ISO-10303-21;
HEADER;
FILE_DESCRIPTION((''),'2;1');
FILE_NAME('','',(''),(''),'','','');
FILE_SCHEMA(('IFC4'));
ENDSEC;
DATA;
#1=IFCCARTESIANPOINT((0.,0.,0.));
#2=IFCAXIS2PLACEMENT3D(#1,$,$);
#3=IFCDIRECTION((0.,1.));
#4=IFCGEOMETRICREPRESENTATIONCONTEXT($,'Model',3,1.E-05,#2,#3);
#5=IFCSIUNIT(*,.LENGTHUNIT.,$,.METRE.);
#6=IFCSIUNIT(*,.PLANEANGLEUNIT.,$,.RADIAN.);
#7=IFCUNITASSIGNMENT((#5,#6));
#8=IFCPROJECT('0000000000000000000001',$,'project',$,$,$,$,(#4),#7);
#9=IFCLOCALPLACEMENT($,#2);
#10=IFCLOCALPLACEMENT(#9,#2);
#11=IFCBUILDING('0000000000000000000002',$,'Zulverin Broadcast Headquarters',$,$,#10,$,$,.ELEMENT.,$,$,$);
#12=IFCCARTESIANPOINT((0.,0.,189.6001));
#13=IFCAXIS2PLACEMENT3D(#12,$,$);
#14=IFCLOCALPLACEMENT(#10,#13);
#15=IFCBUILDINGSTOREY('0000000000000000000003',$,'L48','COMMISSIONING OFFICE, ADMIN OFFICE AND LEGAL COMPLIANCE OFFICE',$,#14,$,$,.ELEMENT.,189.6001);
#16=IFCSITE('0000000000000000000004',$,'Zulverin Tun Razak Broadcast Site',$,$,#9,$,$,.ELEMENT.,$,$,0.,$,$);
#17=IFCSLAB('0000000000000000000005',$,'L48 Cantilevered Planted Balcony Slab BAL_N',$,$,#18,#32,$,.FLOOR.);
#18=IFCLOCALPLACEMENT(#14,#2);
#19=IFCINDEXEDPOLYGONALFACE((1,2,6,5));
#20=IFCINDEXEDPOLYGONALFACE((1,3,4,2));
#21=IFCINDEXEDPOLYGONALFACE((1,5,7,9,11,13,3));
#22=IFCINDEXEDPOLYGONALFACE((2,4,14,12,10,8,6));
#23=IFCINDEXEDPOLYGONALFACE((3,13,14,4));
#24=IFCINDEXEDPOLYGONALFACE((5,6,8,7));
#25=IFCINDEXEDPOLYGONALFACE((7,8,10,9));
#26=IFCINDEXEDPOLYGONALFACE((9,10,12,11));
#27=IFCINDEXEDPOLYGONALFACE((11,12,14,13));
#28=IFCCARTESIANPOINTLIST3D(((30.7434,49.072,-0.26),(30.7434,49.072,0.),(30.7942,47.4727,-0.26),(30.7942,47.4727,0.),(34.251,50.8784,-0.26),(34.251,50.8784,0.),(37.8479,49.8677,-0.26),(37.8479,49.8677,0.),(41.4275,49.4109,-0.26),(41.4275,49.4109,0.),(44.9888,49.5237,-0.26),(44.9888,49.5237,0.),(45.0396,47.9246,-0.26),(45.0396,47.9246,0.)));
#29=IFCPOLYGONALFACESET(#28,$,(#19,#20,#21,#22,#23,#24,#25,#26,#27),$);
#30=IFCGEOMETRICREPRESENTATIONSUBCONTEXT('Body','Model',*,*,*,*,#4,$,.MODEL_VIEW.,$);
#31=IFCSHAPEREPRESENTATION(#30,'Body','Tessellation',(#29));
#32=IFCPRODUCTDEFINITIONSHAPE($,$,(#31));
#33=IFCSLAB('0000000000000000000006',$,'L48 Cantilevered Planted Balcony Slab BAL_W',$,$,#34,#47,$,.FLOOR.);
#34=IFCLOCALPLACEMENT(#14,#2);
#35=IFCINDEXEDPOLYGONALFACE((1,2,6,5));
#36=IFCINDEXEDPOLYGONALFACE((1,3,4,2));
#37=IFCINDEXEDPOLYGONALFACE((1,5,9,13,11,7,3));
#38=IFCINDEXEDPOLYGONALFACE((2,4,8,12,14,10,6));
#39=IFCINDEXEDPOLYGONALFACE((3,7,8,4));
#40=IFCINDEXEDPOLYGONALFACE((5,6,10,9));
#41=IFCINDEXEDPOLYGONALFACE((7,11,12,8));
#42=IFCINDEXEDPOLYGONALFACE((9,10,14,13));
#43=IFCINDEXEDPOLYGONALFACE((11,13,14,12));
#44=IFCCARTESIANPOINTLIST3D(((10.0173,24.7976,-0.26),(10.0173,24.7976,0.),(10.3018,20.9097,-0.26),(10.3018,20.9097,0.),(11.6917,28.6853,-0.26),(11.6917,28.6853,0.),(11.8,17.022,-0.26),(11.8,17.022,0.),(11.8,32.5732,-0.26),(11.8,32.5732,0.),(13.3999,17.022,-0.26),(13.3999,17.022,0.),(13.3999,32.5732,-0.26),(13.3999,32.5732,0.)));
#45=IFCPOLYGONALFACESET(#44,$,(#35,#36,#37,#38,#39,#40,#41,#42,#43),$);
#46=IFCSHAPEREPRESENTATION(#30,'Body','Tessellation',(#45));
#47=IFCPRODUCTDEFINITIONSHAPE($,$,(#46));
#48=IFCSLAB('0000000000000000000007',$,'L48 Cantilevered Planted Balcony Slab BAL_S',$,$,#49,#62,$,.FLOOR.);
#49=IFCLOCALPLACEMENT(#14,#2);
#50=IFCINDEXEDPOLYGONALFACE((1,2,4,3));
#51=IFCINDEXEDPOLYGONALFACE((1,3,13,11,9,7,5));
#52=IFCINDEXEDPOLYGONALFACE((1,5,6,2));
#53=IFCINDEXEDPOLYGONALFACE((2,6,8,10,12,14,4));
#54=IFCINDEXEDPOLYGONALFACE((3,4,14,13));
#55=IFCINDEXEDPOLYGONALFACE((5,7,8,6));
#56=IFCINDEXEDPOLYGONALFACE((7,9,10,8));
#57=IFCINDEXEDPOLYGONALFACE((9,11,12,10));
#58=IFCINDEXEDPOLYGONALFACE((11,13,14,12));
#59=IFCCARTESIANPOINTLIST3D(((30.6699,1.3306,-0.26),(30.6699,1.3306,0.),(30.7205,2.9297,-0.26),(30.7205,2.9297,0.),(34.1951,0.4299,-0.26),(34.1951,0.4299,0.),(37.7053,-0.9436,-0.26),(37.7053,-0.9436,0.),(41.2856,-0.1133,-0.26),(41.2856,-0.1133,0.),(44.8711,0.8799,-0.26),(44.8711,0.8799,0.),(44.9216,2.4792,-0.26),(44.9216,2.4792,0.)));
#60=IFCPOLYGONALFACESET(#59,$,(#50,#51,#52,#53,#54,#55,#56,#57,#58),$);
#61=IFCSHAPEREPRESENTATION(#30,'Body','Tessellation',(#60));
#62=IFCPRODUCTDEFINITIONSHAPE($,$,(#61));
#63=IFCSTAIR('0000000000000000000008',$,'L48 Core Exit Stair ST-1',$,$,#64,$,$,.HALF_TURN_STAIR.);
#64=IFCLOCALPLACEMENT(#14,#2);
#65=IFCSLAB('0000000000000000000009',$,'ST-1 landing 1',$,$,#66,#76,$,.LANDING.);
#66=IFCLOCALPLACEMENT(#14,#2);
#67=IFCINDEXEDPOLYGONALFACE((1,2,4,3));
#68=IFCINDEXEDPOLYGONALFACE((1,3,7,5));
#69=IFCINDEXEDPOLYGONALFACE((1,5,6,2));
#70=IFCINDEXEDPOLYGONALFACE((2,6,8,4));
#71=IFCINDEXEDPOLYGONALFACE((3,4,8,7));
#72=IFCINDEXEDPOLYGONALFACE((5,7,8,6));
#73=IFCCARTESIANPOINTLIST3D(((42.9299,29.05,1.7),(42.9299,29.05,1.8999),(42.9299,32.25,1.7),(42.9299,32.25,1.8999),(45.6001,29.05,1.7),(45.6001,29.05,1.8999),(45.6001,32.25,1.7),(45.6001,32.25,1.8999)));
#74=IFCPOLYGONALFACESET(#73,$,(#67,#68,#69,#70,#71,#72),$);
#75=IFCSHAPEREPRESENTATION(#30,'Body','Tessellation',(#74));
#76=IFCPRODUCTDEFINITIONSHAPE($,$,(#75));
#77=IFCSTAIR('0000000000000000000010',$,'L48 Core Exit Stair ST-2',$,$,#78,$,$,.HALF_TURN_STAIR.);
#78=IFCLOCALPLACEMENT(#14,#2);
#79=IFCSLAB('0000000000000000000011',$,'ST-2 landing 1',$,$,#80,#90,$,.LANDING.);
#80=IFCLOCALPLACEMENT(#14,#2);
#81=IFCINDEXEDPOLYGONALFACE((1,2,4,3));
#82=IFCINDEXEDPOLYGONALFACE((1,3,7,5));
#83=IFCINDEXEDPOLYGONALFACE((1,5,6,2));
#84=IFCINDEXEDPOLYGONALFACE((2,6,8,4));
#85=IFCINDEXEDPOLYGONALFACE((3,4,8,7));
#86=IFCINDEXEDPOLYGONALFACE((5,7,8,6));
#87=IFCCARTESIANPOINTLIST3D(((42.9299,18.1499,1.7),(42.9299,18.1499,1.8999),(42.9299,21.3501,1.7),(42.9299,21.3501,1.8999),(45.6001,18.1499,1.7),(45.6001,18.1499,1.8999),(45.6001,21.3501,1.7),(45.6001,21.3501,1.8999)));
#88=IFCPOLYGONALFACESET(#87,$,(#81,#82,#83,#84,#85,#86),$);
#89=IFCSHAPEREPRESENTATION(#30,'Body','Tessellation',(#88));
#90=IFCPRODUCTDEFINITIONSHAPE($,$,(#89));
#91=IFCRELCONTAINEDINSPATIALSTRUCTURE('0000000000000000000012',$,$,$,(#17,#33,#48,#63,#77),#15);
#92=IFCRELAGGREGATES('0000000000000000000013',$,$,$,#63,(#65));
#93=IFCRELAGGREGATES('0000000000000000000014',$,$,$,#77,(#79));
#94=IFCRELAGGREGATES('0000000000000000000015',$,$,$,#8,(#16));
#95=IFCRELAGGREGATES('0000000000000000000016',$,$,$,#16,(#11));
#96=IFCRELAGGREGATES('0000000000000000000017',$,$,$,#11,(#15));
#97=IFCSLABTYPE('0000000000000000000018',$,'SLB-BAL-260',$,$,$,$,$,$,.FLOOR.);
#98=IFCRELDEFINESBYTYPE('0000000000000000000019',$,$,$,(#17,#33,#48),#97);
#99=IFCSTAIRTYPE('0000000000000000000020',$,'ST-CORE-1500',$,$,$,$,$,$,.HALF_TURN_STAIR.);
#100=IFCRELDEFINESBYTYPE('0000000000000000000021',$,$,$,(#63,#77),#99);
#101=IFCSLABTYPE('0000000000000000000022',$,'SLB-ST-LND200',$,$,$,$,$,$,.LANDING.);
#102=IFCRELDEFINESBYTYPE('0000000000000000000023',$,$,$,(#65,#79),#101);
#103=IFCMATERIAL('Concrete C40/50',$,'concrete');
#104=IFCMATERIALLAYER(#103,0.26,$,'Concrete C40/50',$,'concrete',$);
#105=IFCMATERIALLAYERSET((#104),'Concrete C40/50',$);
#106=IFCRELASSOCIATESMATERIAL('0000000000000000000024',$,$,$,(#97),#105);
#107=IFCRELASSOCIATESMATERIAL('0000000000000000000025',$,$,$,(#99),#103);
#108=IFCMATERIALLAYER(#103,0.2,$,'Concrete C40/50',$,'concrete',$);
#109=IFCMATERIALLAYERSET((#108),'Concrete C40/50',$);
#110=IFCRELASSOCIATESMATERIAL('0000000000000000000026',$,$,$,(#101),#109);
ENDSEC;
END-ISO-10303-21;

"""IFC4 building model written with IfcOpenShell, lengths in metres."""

from ifc_helpers import new_model, si_unit, direction, frame, origin, place, context, subcontext, project, spatial, polyline, outline, extrude, material, layer, layer_set, type_object, element, aggregate, save


model = new_model("IFC4")

# Units and contexts
model_context = context("Model", 3, precision=1e-05, world=origin(), true_north=direction((0.0, 1.0)))
body_context = subcontext(model_context, "Body", "Model", "MODEL_VIEW")
ifc_project = project(units=[si_unit("LENGTHUNIT", "METRE"), si_unit("PLANEANGLEUNIT", "RADIAN")], contexts=[model_context])

# Site, building, storey
site_placement = place(None, origin())
site = spatial("IfcSite", under=ifc_project, at=site_placement, Name="Zulverin Tun Razak Broadcast Site", CompositionType="ELEMENT", RefElevation=0.0)
building_placement = place(site_placement, origin())
building = spatial("IfcBuilding", under=site, at=building_placement, Name="Zulverin Broadcast Headquarters", CompositionType="ELEMENT")
storey_placement = place(building_placement, frame((0.0, 0.0, 189.6001)))
storey = spatial("IfcBuildingStorey", under=building, at=storey_placement, Name="L48", Description="COMMISSIONING OFFICE, ADMIN OFFICE AND LEGAL COMPLIANCE OFFICE", CompositionType="ELEMENT", Elevation=189.6001)

# Slabs
ifc_material_1 = material(Name="Concrete C40/50", Category="concrete")
ifc_layer_1 = layer(ifc_material_1, 0.26, Name="Concrete C40/50", Category="concrete")
ifc_layer_set_1 = layer_set([ifc_layer_1], Name="Concrete C40/50")
slab_type_1 = type_object("IfcSlabType", Name="SLB-BAL-260", PredefinedType="FLOOR", material=ifc_layer_set_1)
slab_1_placement = place(storey_placement, frame((0.0, 0.0, -0.26)))
element("IfcSlab", 1, at=slab_1_placement, inside=storey, type_object=slab_type_1, Name="L48 Cantilevered Planted Balcony Slab BAL_N", PredefinedType="FLOOR", context=body_context, shape_type="SweptSolid", body=[
    extrude(outline(polyline([(30.7942, 47.4727), (45.0396, 47.9246), (44.9888, 49.5237), (41.4275, 49.4109), (37.8479, 49.8677), (34.251, 50.8784), (30.7434, 49.072), (30.7942, 47.4727)])), origin(), (0.0, 0.0, 1.0), 0.26),
])
slab_2_placement = place(storey_placement, frame((0.0, 0.0, -0.26)))
element("IfcSlab", 2, at=slab_2_placement, inside=storey, type_object=slab_type_1, Name="L48 Cantilevered Planted Balcony Slab BAL_W", PredefinedType="FLOOR", context=body_context, shape_type="SweptSolid", body=[
    extrude(outline(polyline([(13.3999, 17.022), (13.3999, 32.5732), (11.8, 32.5732), (11.6917, 28.6853), (10.0173, 24.7976), (10.3018, 20.9097), (11.8, 17.022), (13.3999, 17.022)])), origin(), (0.0, 0.0, 1.0), 0.26),
])
slab_3_placement = place(storey_placement, frame((0.0, 0.0, -0.26)))
element("IfcSlab", 3, at=slab_3_placement, inside=storey, type_object=slab_type_1, Name="L48 Cantilevered Planted Balcony Slab BAL_S", PredefinedType="FLOOR", context=body_context, shape_type="SweptSolid", body=[
    extrude(outline(polyline([(44.9216, 2.4792), (30.7205, 2.9297), (30.6699, 1.3306), (34.1951, 0.4299), (37.7053, -0.9436), (41.2856, -0.1133), (44.8711, 0.8799), (44.9216, 2.4792)])), origin(), (0.0, 0.0, 1.0), 0.26),
])

# Stairs, slabs
stair_type = type_object("IfcStairType", Name="ST-CORE-1500", PredefinedType="HALF_TURN_STAIR", material=ifc_material_1)
stair_1_placement = place(storey_placement, origin())
stair_1 = element("IfcStair", 4, at=stair_1_placement, inside=storey, type_object=stair_type, Name="L48 Core Exit Stair ST-1", PredefinedType="HALF_TURN_STAIR")
ifc_layer_2 = layer(ifc_material_1, 0.2, Name="Concrete C40/50", Category="concrete")
ifc_layer_set_2 = layer_set([ifc_layer_2], Name="Concrete C40/50")
slab_type_2 = type_object("IfcSlabType", Name="SLB-ST-LND200", PredefinedType="LANDING", material=ifc_layer_set_2)
slab_4_placement = place(storey_placement, frame((0.0, 0.0, 1.7)))
slab_4 = element("IfcSlab", 5, at=slab_4_placement, type_object=slab_type_2, Name="ST-1 landing 1", PredefinedType="LANDING", context=body_context, shape_type="SweptSolid", body=[
    extrude(outline(polyline([(42.9299, 29.05), (45.6001, 29.05), (45.6001, 32.25), (42.9299, 32.25), (42.9299, 29.05)])), origin(), (0.0, 0.0, 1.0), 0.2),
])
aggregate(stair_1, [slab_4])
stair_2_placement = place(storey_placement, origin())
stair_2 = element("IfcStair", 6, at=stair_2_placement, inside=storey, type_object=stair_type, Name="L48 Core Exit Stair ST-2", PredefinedType="HALF_TURN_STAIR")
slab_5_placement = place(storey_placement, frame((0.0, 0.0, 1.7)))
slab_5 = element("IfcSlab", 7, at=slab_5_placement, type_object=slab_type_2, Name="ST-2 landing 1", PredefinedType="LANDING", context=body_context, shape_type="SweptSolid", body=[
    extrude(outline(polyline([(42.9299, 18.1499), (45.6001, 18.1499), (45.6001, 21.3501), (42.9299, 21.3501), (42.9299, 18.1499)])), origin(), (0.0, 0.0, 1.0), 0.2),
])
aggregate(stair_2, [slab_5])

save(model, "model.ifc")
